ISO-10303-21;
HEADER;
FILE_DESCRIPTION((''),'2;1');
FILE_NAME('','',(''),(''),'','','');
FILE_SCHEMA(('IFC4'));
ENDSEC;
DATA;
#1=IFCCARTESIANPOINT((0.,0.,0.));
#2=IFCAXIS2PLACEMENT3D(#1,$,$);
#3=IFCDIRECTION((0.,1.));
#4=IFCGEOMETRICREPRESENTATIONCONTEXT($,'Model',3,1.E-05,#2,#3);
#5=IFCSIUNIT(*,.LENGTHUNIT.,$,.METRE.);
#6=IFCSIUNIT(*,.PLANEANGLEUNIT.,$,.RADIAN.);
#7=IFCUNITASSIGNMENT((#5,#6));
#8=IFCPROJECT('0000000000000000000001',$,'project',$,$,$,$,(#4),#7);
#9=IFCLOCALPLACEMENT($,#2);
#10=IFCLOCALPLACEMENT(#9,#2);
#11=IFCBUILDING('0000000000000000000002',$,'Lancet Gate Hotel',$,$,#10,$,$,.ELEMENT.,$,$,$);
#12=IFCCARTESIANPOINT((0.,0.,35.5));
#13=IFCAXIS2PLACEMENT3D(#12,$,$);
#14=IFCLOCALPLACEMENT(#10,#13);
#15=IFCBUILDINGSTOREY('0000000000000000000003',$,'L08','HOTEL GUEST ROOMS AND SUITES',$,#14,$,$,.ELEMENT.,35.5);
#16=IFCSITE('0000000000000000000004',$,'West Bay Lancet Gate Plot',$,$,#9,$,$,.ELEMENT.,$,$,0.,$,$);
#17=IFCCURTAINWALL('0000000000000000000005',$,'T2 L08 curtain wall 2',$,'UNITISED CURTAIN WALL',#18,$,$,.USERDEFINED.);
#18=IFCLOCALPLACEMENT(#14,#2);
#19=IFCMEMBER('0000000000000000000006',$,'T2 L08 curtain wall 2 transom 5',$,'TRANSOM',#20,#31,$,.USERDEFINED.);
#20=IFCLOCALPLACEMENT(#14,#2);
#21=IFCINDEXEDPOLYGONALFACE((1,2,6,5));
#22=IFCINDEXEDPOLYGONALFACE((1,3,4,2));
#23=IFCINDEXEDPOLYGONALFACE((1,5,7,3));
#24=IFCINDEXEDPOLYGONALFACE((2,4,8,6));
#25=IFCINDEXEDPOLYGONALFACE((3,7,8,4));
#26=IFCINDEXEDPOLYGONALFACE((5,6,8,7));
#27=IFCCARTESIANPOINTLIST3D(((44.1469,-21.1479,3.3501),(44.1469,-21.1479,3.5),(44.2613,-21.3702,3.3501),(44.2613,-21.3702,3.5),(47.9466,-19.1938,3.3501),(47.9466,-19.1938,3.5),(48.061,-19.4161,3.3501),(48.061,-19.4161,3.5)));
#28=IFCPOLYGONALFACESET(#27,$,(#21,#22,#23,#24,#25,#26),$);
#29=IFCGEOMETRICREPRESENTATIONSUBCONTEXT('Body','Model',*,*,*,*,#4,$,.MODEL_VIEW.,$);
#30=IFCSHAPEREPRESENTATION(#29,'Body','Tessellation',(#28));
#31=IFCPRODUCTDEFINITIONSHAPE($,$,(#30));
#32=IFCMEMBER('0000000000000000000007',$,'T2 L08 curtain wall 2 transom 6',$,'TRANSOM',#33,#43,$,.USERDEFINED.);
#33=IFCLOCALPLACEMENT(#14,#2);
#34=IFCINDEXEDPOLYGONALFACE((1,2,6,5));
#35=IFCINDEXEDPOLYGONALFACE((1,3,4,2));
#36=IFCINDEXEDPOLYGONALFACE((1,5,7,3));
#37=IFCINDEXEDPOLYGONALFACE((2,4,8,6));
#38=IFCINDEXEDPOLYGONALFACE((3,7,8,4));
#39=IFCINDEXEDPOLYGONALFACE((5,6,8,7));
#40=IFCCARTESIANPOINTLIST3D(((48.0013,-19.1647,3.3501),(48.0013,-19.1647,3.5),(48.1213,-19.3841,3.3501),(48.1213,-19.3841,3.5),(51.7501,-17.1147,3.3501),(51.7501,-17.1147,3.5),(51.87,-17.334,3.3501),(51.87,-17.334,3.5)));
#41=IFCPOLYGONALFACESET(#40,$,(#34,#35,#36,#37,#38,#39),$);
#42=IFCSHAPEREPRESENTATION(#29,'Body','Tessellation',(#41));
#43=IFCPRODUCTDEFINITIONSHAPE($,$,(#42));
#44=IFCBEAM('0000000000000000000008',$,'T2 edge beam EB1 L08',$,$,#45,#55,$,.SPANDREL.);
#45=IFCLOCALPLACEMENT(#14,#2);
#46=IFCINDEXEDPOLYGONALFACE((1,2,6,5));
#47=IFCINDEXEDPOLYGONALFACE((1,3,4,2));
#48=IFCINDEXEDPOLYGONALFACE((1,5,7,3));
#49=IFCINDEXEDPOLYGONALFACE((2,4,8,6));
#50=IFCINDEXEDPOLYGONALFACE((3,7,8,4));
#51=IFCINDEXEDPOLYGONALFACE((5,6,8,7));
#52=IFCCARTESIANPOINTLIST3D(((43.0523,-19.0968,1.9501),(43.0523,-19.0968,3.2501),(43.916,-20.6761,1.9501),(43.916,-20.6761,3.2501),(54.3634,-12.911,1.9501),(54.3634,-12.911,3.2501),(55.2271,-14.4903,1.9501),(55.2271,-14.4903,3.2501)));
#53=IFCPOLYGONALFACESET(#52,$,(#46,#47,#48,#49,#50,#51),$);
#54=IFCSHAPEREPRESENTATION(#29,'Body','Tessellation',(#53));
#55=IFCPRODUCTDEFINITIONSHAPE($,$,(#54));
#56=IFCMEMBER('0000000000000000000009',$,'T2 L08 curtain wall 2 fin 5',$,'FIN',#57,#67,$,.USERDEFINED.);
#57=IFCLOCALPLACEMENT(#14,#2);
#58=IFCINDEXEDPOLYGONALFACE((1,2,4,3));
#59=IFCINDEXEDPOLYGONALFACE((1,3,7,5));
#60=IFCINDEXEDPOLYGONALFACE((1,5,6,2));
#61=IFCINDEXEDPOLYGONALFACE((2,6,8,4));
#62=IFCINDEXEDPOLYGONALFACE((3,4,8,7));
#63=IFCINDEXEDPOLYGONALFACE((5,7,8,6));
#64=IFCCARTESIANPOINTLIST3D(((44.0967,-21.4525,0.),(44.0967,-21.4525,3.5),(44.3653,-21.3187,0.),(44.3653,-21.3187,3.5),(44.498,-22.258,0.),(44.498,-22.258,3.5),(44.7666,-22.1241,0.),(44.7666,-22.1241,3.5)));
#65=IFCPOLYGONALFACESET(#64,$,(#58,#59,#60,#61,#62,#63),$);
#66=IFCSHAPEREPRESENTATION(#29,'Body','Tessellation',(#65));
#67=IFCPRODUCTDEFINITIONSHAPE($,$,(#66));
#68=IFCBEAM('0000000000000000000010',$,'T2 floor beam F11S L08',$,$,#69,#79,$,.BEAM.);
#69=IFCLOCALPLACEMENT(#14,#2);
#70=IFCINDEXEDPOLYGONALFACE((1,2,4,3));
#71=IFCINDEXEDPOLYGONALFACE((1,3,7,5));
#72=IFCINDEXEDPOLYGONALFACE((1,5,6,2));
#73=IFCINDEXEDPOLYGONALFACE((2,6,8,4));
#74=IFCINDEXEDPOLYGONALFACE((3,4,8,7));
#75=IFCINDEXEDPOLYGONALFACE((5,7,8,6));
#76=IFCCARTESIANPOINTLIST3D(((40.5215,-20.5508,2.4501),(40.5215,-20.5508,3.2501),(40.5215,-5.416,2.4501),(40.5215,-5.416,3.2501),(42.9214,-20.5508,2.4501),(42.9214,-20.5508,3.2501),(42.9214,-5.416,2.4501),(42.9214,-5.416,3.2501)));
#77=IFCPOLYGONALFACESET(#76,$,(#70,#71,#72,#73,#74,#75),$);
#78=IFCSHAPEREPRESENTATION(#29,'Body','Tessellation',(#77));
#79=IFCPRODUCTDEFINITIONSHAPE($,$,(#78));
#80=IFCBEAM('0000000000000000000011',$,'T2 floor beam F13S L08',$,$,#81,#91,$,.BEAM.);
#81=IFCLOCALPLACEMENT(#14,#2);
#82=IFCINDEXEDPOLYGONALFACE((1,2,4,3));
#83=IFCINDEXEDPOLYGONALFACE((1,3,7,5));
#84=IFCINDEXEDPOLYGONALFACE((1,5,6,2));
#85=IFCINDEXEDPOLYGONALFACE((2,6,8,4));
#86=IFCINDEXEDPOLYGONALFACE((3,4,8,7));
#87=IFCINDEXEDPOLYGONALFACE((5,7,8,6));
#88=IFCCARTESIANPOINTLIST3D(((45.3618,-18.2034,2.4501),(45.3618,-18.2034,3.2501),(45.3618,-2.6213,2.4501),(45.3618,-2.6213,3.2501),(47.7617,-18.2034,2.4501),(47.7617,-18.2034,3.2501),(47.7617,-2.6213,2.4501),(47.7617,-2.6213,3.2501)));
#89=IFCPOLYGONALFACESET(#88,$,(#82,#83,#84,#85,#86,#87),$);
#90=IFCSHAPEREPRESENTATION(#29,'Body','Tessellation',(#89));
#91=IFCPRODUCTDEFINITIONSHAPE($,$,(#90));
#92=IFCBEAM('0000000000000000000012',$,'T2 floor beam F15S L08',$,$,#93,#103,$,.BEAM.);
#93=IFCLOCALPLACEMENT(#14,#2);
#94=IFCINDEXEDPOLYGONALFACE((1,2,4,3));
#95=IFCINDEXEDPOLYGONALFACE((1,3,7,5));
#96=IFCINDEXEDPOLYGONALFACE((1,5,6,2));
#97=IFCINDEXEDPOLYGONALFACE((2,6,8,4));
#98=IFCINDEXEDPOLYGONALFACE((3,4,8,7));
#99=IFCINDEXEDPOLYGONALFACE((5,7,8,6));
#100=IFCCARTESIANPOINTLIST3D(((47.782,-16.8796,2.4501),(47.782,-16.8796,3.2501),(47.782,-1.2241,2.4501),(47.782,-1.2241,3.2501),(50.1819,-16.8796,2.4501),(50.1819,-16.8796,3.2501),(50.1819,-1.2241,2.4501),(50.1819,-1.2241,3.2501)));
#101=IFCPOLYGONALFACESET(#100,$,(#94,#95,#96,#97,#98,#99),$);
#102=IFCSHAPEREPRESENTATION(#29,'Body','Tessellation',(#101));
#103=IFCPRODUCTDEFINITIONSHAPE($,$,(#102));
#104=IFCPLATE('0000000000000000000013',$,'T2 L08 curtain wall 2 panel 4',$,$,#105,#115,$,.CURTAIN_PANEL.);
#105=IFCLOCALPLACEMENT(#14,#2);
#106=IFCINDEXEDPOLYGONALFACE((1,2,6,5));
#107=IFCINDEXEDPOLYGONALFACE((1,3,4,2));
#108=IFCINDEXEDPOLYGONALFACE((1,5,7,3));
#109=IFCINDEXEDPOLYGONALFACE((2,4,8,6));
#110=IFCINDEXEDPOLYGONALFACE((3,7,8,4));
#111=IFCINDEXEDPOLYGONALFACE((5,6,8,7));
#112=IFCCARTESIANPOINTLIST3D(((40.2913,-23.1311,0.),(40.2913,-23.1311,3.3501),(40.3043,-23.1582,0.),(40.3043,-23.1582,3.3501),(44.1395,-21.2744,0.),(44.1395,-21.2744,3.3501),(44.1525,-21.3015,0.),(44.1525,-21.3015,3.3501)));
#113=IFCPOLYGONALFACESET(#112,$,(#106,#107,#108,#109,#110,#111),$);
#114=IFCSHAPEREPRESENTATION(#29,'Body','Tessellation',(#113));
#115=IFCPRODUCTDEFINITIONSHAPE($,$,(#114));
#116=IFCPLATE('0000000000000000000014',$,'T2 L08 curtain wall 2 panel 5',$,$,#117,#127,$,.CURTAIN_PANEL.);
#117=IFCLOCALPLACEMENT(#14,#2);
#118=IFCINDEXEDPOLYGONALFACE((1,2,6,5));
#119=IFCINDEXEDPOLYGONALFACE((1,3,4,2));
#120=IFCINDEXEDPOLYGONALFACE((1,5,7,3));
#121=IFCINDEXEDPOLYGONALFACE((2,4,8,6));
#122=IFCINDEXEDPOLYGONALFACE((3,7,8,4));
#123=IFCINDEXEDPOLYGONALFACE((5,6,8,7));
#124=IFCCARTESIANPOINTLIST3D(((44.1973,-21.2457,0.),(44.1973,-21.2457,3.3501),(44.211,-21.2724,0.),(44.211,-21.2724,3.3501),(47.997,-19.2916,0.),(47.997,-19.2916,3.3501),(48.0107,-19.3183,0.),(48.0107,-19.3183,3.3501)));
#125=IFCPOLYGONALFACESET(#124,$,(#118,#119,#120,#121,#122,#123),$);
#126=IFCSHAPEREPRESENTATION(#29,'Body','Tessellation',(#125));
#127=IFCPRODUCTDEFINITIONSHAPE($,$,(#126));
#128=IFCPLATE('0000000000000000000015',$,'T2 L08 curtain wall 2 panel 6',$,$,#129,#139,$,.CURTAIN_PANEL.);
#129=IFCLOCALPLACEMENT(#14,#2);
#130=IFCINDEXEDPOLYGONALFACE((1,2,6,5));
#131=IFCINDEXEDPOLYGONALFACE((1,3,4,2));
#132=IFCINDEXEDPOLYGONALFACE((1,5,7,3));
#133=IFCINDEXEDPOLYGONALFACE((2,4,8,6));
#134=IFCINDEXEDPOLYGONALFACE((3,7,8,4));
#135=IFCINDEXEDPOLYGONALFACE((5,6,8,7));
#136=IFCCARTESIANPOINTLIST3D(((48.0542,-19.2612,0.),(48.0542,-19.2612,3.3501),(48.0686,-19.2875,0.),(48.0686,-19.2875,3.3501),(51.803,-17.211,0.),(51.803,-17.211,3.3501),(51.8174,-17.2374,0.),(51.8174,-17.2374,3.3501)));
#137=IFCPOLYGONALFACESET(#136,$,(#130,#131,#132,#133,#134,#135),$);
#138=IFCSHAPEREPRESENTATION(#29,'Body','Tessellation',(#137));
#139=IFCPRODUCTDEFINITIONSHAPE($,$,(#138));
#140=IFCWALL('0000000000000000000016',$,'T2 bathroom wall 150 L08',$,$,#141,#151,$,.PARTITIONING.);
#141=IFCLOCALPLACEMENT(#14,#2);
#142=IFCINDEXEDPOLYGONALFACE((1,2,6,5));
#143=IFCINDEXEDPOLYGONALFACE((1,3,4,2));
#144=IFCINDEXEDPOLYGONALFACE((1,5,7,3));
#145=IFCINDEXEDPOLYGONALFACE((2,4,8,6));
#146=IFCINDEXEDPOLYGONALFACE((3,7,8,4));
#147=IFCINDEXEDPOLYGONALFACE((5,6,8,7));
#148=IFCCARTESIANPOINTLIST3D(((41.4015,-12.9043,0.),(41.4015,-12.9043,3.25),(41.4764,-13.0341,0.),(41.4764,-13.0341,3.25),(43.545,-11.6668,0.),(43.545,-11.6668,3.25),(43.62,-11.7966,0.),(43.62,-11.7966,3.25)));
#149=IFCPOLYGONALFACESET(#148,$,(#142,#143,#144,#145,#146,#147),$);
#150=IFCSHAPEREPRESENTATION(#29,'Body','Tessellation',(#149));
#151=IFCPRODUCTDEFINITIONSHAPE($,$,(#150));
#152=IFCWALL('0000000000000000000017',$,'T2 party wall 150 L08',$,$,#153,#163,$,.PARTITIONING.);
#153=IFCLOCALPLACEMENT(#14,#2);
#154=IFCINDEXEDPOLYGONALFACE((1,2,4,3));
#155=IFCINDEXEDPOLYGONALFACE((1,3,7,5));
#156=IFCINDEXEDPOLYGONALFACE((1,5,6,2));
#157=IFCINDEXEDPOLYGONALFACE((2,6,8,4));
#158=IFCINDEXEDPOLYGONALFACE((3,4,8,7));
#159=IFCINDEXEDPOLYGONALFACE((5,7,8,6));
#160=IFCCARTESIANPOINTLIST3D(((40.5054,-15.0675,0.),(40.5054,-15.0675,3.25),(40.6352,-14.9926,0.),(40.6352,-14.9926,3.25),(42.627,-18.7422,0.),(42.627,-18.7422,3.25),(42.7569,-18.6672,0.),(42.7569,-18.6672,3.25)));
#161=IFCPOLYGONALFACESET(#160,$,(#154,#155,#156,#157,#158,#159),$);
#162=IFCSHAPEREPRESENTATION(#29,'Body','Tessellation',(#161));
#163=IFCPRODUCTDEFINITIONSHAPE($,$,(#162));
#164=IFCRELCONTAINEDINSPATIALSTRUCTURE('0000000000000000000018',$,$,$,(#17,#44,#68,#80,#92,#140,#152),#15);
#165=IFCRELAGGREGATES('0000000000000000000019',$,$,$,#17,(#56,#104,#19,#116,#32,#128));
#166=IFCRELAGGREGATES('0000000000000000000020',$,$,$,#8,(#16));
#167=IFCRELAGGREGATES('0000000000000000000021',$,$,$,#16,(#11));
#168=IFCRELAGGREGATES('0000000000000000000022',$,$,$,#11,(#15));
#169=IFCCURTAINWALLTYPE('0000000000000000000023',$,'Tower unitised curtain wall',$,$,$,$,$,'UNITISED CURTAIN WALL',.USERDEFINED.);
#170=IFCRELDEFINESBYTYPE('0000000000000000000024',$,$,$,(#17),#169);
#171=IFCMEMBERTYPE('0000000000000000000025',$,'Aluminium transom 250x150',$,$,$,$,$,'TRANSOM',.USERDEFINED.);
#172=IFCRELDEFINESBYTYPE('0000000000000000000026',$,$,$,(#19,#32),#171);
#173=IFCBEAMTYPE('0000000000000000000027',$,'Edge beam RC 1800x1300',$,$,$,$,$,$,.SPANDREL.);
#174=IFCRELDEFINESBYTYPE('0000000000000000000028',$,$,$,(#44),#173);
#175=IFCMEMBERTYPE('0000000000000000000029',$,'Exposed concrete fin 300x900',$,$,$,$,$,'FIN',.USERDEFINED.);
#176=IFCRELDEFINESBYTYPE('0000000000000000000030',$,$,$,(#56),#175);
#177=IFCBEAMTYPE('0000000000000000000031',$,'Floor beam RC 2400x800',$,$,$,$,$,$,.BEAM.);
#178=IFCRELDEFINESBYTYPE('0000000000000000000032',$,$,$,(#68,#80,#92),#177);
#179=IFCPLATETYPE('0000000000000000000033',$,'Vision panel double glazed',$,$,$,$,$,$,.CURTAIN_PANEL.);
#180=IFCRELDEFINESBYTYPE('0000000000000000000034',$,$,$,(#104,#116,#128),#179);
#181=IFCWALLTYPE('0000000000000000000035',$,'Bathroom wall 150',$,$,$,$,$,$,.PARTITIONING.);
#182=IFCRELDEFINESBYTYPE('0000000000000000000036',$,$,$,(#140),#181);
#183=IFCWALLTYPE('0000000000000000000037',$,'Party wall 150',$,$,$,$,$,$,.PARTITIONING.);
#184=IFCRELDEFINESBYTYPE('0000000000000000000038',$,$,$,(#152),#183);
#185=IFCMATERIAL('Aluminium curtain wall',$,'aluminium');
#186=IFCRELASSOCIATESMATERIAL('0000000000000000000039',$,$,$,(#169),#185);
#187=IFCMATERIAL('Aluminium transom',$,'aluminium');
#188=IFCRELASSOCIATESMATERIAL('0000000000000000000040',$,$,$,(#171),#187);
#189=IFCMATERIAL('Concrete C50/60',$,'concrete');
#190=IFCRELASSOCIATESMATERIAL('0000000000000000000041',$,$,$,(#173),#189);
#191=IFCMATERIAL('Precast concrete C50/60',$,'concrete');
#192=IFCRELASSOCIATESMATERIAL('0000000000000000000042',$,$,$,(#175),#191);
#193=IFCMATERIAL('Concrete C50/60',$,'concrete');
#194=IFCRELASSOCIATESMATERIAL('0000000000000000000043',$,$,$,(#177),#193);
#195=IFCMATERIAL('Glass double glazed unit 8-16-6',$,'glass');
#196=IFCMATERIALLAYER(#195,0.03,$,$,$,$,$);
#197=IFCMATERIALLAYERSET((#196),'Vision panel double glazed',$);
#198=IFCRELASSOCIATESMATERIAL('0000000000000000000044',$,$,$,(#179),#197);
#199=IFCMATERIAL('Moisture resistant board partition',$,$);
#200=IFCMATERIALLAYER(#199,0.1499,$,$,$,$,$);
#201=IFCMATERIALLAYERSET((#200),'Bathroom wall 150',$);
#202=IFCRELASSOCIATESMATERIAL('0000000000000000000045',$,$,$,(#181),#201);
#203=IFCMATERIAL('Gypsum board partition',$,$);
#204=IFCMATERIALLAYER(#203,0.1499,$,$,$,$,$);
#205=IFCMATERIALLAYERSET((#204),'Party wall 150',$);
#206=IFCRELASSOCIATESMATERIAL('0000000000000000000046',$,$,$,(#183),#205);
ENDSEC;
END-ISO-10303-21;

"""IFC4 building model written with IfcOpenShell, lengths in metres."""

from ifc_helpers import new_model, si_unit, direction, frame, frame_2d, origin, origin_2d, place, context, subcontext, project, spatial, rectangle, extrude, material, layer, layer_set, material_profile, profile_set, type_object, element, aggregate, save


model = new_model("IFC4")

# Units and contexts
model_context = context("Model", 3, precision=1e-05, world=origin(), true_north=direction((0.0, 1.0)))
body_context = subcontext(model_context, "Body", "Model", "MODEL_VIEW")
ifc_project = project(units=[si_unit("LENGTHUNIT", "METRE"), si_unit("PLANEANGLEUNIT", "RADIAN")], contexts=[model_context])

# Site, building, storey
site_placement = place(None, origin())
site = spatial("IfcSite", under=ifc_project, at=site_placement, Name="West Bay Lancet Gate Plot", CompositionType="ELEMENT", RefElevation=0.0)
building_placement = place(site_placement, origin())
building = spatial("IfcBuilding", under=site, at=building_placement, Name="Lancet Gate Hotel", CompositionType="ELEMENT")
storey_placement = place(building_placement, frame((0.0, 0.0, 35.5)))
storey = spatial("IfcBuildingStorey", under=building, at=storey_placement, Name="L08", Description="HOTEL GUEST ROOMS AND SUITES", CompositionType="ELEMENT", Elevation=35.5)

# Curtain wall, members
ifc_material_1 = material(Name="Aluminium curtain wall", Category="aluminium")
curtain_wall_type = type_object("IfcCurtainWallType", Name="Tower unitised curtain wall", ElementType="UNITISED CURTAIN WALL", PredefinedType="USERDEFINED", material=ifc_material_1)
curtain_wall_placement = place(storey_placement, origin())
curtain_wall = element("IfcCurtainWall", 1, at=curtain_wall_placement, inside=storey, type_object=curtain_wall_type, Name="T2 L08 curtain wall 2", ObjectType="UNITISED CURTAIN WALL", PredefinedType="USERDEFINED")
ifc_material_2 = material(Name="Aluminium transom", Category="aluminium")
ifc_material_profile_1 = material_profile(ifc_material_2, rectangle(XDim=0.25, YDim=0.1499, at=origin_2d()), Name="TRANSOM 250x150")
ifc_profile_set_1 = profile_set([ifc_material_profile_1], Name="Aluminium transom")
member_type_1 = type_object("IfcMemberType", Name="Aluminium transom 250x150", ElementType="TRANSOM", PredefinedType="USERDEFINED", material=ifc_profile_set_1)
member_1_placement = place(storey_placement, frame((44.2041, -21.259, 3.425), z_axis=(0.889296, 0.457333, 0.0), x_axis=(-0.457333, 0.889296, 0.0)))
member_1 = element("IfcMember", 2, at=member_1_placement, type_object=member_type_1, Name="T2 L08 curtain wall 2 transom 5", ObjectType="TRANSOM", PredefinedType="USERDEFINED", context=body_context, shape_type="SweptSolid", body=[
    extrude(rectangle(XDim=0.25, YDim=0.1499, at=origin_2d()), origin(), (0.0, 0.0, 1.0), 4.2727),
])
member_2_placement = place(storey_placement, frame((48.0613, -19.2744, 3.425), z_axis=(0.877378, 0.479801, 0.0), x_axis=(-0.479801, 0.877378, 0.0)))
member_2 = element("IfcMember", 3, at=member_2_placement, type_object=member_type_1, Name="T2 L08 curtain wall 2 transom 6", ObjectType="TRANSOM", PredefinedType="USERDEFINED", context=body_context, shape_type="SweptSolid", body=[
    extrude(rectangle(XDim=0.25, YDim=0.1499, at=origin_2d()), origin(), (0.0, 0.0, 1.0), 4.2727),
])

# Beam
ifc_material_3 = material(Name="Concrete C50/60", Category="concrete")
ifc_material_profile_2 = material_profile(ifc_material_3, rectangle(XDim=1.8, YDim=1.3, at=origin_2d()), Name="RC 1800x1300")
ifc_profile_set_2 = profile_set([ifc_material_profile_2], Name="Concrete C50/60")
beam_type_1 = type_object("IfcBeamType", Name="Edge beam RC 1800x1300", PredefinedType="SPANDREL", material=ifc_profile_set_2)
beam_1_placement = place(storey_placement, frame((43.4841, -19.8865, 2.6001), z_axis=(0.877369, 0.479816, 0.0), x_axis=(-0.479816, 0.877369, 0.0)))
element("IfcBeam", 4, at=beam_1_placement, inside=storey, type_object=beam_type_1, Name="T2 edge beam EB1 L08", PredefinedType="SPANDREL", context=body_context, shape_type="SweptSolid", body=[
    extrude(rectangle(XDim=1.8, YDim=1.3, at=origin_2d()), origin(), (0.0, 0.0, 1.0), 12.8921),
])

# Member
ifc_material_4 = material(Name="Precast concrete C50/60", Category="concrete")
ifc_material_profile_3 = material_profile(ifc_material_4, rectangle(XDim=0.3, YDim=0.8999, at=origin_2d()), Name="FIN 300x900")
ifc_profile_set_3 = profile_set([ifc_material_profile_3], Name="Precast concrete C50/60")
member_type_2 = type_object("IfcMemberType", Name="Exposed concrete fin 300x900", ElementType="FIN", PredefinedType="USERDEFINED", material=ifc_profile_set_3)
member_3_placement = place(storey_placement, frame((44.4316, -21.7883, 0.0), z_axis=(0.0, 0.0, 1.0), x_axis=(0.895044, 0.445978, 0.0)))
member_3 = element("IfcMember", 5, at=member_3_placement, type_object=member_type_2, Name="T2 L08 curtain wall 2 fin 5", ObjectType="FIN", PredefinedType="USERDEFINED", context=body_context, shape_type="SweptSolid", body=[
    extrude(rectangle(XDim=0.3, YDim=0.8999, at=origin_2d()), origin(), (0.0, 0.0, 1.0), 3.5),
])

# Beams
ifc_material_5 = material(Name="Concrete C50/60", Category="concrete")
ifc_material_profile_4 = material_profile(ifc_material_5, rectangle(XDim=2.3999, YDim=0.8, at=origin_2d()), Name="RC 2400x800")
ifc_profile_set_4 = profile_set([ifc_material_profile_4], Name="Concrete C50/60")
beam_type_2 = type_object("IfcBeamType", Name="Floor beam RC 2400x800", PredefinedType="BEAM", material=ifc_profile_set_4)
beam_2_placement = place(storey_placement, frame((41.7214, -20.5508, 2.8501), z_axis=(0.0, 1.0, 0.0), x_axis=(-1.0, 0.0, 0.0)))
element("IfcBeam", 6, at=beam_2_placement, inside=storey, type_object=beam_type_2, Name="T2 floor beam F11S L08", PredefinedType="BEAM", context=body_context, shape_type="SweptSolid", body=[
    extrude(rectangle(XDim=2.3999, YDim=0.8, at=origin_2d()), origin(), (0.0, 0.0, 1.0), 15.1348),
])
beam_3_placement = place(storey_placement, frame((46.5618, -18.2034, 2.8501), z_axis=(0.0, 1.0, 0.0), x_axis=(-1.0, 0.0, 0.0)))
element("IfcBeam", 7, at=beam_3_placement, inside=storey, type_object=beam_type_2, Name="T2 floor beam F13S L08", PredefinedType="BEAM", context=body_context, shape_type="SweptSolid", body=[
    extrude(rectangle(XDim=2.3999, YDim=0.8, at=origin_2d()), origin(), (0.0, 0.0, 1.0), 15.582),
])
beam_4_placement = place(storey_placement, frame((48.9819, -16.8796, 2.8501), z_axis=(0.0, 1.0, 0.0), x_axis=(-1.0, 0.0, 0.0)))
element("IfcBeam", 8, at=beam_4_placement, inside=storey, type_object=beam_type_2, Name="T2 floor beam F15S L08", PredefinedType="BEAM", context=body_context, shape_type="SweptSolid", body=[
    extrude(rectangle(XDim=2.3999, YDim=0.8, at=origin_2d()), origin(), (0.0, 0.0, 1.0), 15.6555),
])

# Plates
ifc_material_6 = material(Name="Glass double glazed unit 8-16-6", Category="glass")
ifc_layer_1 = layer(ifc_material_6, 0.03)
ifc_layer_set_1 = layer_set([ifc_layer_1], Name="Vision panel double glazed")
plate_type = type_object("IfcPlateType", Name="Vision panel double glazed", PredefinedType="CURTAIN_PANEL", material=ifc_layer_set_1)
plate_1_placement = place(storey_placement, frame((42.2219, -22.2163, 0.0), z_axis=(0.0, 0.0, 1.0), x_axis=(0.900647, 0.43455, 0.0)))
plate_1 = element("IfcPlate", 9, at=plate_1_placement, type_object=plate_type, Name="T2 L08 curtain wall 2 panel 4", PredefinedType="CURTAIN_PANEL", context=body_context, shape_type="SweptSolid", body=[
    extrude(rectangle(XDim=4.2727, YDim=0.03, at=origin_2d()), origin(), (0.0, 0.0, 1.0), 3.3501),
])
plate_2_placement = place(storey_placement, frame((46.104, -20.282, 0.0), z_axis=(0.0, 0.0, 1.0), x_axis=(0.889296, 0.457332, 0.0)))
plate_2 = element("IfcPlate", 10, at=plate_2_placement, type_object=plate_type, Name="T2 L08 curtain wall 2 panel 5", PredefinedType="CURTAIN_PANEL", context=body_context, shape_type="SweptSolid", body=[
    extrude(rectangle(XDim=4.2727, YDim=0.03, at=origin_2d()), origin(), (0.0, 0.0, 1.0), 3.3501),
])
plate_3_placement = place(storey_placement, frame((49.9358, -18.2493, 0.0), z_axis=(0.0, 0.0, 1.0), x_axis=(0.877368, 0.479818, 0.0)))
plate_3 = element("IfcPlate", 11, at=plate_3_placement, type_object=plate_type, Name="T2 L08 curtain wall 2 panel 6", PredefinedType="CURTAIN_PANEL", context=body_context, shape_type="SweptSolid", body=[
    extrude(rectangle(XDim=4.2727, YDim=0.03, at=origin_2d()), origin(), (0.0, 0.0, 1.0), 3.3501),
])
aggregate(curtain_wall, [member_3, plate_1, member_1, plate_2, member_2, plate_3])

# Walls
ifc_material_7 = material(Name="Moisture resistant board partition")
ifc_layer_2 = layer(ifc_material_7, 0.1499)
ifc_layer_set_2 = layer_set([ifc_layer_2], Name="Bathroom wall 150")
wall_type_1 = type_object("IfcWallType", Name="Bathroom wall 150", PredefinedType="PARTITIONING", material=ifc_layer_set_2)
wall_1_placement = place(storey_placement, frame((41.439, -12.9692, 0.0), z_axis=(0.0, 0.0, 1.0), x_axis=(0.866031, 0.49999, 0.0)))
element("IfcWall", 12, at=wall_1_placement, inside=storey, type_object=wall_type_1, Name="T2 bathroom wall 150 L08", PredefinedType="PARTITIONING", context=body_context, shape_type="SweptSolid", body=[
    extrude(rectangle(XDim=2.4751, YDim=0.1499, at=frame_2d((1.2375, 0.0))), origin(), (0.0, 0.0, 1.0), 3.25),
])
ifc_material_8 = material(Name="Gypsum board partition")
ifc_layer_3 = layer(ifc_material_8, 0.1499)
ifc_layer_set_3 = layer_set([ifc_layer_3], Name="Party wall 150")
wall_type_2 = type_object("IfcWallType", Name="Party wall 150", PredefinedType="PARTITIONING", material=ifc_layer_set_3)
wall_2_placement = place(storey_placement, frame((40.5703, -15.03, 0.0), z_axis=(0.0, 0.0, 1.0), x_axis=(0.500013, -0.866018, 0.0)))
element("IfcWall", 13, at=wall_2_placement, inside=storey, type_object=wall_type_2, Name="T2 party wall 150 L08", PredefinedType="PARTITIONING", context=body_context, shape_type="SweptSolid", body=[
    extrude(rectangle(XDim=4.2432, YDim=0.1499, at=frame_2d((2.1216, 0.0))), origin(), (0.0, 0.0, 1.0), 3.25),
])

save(model, "model.ifc")
